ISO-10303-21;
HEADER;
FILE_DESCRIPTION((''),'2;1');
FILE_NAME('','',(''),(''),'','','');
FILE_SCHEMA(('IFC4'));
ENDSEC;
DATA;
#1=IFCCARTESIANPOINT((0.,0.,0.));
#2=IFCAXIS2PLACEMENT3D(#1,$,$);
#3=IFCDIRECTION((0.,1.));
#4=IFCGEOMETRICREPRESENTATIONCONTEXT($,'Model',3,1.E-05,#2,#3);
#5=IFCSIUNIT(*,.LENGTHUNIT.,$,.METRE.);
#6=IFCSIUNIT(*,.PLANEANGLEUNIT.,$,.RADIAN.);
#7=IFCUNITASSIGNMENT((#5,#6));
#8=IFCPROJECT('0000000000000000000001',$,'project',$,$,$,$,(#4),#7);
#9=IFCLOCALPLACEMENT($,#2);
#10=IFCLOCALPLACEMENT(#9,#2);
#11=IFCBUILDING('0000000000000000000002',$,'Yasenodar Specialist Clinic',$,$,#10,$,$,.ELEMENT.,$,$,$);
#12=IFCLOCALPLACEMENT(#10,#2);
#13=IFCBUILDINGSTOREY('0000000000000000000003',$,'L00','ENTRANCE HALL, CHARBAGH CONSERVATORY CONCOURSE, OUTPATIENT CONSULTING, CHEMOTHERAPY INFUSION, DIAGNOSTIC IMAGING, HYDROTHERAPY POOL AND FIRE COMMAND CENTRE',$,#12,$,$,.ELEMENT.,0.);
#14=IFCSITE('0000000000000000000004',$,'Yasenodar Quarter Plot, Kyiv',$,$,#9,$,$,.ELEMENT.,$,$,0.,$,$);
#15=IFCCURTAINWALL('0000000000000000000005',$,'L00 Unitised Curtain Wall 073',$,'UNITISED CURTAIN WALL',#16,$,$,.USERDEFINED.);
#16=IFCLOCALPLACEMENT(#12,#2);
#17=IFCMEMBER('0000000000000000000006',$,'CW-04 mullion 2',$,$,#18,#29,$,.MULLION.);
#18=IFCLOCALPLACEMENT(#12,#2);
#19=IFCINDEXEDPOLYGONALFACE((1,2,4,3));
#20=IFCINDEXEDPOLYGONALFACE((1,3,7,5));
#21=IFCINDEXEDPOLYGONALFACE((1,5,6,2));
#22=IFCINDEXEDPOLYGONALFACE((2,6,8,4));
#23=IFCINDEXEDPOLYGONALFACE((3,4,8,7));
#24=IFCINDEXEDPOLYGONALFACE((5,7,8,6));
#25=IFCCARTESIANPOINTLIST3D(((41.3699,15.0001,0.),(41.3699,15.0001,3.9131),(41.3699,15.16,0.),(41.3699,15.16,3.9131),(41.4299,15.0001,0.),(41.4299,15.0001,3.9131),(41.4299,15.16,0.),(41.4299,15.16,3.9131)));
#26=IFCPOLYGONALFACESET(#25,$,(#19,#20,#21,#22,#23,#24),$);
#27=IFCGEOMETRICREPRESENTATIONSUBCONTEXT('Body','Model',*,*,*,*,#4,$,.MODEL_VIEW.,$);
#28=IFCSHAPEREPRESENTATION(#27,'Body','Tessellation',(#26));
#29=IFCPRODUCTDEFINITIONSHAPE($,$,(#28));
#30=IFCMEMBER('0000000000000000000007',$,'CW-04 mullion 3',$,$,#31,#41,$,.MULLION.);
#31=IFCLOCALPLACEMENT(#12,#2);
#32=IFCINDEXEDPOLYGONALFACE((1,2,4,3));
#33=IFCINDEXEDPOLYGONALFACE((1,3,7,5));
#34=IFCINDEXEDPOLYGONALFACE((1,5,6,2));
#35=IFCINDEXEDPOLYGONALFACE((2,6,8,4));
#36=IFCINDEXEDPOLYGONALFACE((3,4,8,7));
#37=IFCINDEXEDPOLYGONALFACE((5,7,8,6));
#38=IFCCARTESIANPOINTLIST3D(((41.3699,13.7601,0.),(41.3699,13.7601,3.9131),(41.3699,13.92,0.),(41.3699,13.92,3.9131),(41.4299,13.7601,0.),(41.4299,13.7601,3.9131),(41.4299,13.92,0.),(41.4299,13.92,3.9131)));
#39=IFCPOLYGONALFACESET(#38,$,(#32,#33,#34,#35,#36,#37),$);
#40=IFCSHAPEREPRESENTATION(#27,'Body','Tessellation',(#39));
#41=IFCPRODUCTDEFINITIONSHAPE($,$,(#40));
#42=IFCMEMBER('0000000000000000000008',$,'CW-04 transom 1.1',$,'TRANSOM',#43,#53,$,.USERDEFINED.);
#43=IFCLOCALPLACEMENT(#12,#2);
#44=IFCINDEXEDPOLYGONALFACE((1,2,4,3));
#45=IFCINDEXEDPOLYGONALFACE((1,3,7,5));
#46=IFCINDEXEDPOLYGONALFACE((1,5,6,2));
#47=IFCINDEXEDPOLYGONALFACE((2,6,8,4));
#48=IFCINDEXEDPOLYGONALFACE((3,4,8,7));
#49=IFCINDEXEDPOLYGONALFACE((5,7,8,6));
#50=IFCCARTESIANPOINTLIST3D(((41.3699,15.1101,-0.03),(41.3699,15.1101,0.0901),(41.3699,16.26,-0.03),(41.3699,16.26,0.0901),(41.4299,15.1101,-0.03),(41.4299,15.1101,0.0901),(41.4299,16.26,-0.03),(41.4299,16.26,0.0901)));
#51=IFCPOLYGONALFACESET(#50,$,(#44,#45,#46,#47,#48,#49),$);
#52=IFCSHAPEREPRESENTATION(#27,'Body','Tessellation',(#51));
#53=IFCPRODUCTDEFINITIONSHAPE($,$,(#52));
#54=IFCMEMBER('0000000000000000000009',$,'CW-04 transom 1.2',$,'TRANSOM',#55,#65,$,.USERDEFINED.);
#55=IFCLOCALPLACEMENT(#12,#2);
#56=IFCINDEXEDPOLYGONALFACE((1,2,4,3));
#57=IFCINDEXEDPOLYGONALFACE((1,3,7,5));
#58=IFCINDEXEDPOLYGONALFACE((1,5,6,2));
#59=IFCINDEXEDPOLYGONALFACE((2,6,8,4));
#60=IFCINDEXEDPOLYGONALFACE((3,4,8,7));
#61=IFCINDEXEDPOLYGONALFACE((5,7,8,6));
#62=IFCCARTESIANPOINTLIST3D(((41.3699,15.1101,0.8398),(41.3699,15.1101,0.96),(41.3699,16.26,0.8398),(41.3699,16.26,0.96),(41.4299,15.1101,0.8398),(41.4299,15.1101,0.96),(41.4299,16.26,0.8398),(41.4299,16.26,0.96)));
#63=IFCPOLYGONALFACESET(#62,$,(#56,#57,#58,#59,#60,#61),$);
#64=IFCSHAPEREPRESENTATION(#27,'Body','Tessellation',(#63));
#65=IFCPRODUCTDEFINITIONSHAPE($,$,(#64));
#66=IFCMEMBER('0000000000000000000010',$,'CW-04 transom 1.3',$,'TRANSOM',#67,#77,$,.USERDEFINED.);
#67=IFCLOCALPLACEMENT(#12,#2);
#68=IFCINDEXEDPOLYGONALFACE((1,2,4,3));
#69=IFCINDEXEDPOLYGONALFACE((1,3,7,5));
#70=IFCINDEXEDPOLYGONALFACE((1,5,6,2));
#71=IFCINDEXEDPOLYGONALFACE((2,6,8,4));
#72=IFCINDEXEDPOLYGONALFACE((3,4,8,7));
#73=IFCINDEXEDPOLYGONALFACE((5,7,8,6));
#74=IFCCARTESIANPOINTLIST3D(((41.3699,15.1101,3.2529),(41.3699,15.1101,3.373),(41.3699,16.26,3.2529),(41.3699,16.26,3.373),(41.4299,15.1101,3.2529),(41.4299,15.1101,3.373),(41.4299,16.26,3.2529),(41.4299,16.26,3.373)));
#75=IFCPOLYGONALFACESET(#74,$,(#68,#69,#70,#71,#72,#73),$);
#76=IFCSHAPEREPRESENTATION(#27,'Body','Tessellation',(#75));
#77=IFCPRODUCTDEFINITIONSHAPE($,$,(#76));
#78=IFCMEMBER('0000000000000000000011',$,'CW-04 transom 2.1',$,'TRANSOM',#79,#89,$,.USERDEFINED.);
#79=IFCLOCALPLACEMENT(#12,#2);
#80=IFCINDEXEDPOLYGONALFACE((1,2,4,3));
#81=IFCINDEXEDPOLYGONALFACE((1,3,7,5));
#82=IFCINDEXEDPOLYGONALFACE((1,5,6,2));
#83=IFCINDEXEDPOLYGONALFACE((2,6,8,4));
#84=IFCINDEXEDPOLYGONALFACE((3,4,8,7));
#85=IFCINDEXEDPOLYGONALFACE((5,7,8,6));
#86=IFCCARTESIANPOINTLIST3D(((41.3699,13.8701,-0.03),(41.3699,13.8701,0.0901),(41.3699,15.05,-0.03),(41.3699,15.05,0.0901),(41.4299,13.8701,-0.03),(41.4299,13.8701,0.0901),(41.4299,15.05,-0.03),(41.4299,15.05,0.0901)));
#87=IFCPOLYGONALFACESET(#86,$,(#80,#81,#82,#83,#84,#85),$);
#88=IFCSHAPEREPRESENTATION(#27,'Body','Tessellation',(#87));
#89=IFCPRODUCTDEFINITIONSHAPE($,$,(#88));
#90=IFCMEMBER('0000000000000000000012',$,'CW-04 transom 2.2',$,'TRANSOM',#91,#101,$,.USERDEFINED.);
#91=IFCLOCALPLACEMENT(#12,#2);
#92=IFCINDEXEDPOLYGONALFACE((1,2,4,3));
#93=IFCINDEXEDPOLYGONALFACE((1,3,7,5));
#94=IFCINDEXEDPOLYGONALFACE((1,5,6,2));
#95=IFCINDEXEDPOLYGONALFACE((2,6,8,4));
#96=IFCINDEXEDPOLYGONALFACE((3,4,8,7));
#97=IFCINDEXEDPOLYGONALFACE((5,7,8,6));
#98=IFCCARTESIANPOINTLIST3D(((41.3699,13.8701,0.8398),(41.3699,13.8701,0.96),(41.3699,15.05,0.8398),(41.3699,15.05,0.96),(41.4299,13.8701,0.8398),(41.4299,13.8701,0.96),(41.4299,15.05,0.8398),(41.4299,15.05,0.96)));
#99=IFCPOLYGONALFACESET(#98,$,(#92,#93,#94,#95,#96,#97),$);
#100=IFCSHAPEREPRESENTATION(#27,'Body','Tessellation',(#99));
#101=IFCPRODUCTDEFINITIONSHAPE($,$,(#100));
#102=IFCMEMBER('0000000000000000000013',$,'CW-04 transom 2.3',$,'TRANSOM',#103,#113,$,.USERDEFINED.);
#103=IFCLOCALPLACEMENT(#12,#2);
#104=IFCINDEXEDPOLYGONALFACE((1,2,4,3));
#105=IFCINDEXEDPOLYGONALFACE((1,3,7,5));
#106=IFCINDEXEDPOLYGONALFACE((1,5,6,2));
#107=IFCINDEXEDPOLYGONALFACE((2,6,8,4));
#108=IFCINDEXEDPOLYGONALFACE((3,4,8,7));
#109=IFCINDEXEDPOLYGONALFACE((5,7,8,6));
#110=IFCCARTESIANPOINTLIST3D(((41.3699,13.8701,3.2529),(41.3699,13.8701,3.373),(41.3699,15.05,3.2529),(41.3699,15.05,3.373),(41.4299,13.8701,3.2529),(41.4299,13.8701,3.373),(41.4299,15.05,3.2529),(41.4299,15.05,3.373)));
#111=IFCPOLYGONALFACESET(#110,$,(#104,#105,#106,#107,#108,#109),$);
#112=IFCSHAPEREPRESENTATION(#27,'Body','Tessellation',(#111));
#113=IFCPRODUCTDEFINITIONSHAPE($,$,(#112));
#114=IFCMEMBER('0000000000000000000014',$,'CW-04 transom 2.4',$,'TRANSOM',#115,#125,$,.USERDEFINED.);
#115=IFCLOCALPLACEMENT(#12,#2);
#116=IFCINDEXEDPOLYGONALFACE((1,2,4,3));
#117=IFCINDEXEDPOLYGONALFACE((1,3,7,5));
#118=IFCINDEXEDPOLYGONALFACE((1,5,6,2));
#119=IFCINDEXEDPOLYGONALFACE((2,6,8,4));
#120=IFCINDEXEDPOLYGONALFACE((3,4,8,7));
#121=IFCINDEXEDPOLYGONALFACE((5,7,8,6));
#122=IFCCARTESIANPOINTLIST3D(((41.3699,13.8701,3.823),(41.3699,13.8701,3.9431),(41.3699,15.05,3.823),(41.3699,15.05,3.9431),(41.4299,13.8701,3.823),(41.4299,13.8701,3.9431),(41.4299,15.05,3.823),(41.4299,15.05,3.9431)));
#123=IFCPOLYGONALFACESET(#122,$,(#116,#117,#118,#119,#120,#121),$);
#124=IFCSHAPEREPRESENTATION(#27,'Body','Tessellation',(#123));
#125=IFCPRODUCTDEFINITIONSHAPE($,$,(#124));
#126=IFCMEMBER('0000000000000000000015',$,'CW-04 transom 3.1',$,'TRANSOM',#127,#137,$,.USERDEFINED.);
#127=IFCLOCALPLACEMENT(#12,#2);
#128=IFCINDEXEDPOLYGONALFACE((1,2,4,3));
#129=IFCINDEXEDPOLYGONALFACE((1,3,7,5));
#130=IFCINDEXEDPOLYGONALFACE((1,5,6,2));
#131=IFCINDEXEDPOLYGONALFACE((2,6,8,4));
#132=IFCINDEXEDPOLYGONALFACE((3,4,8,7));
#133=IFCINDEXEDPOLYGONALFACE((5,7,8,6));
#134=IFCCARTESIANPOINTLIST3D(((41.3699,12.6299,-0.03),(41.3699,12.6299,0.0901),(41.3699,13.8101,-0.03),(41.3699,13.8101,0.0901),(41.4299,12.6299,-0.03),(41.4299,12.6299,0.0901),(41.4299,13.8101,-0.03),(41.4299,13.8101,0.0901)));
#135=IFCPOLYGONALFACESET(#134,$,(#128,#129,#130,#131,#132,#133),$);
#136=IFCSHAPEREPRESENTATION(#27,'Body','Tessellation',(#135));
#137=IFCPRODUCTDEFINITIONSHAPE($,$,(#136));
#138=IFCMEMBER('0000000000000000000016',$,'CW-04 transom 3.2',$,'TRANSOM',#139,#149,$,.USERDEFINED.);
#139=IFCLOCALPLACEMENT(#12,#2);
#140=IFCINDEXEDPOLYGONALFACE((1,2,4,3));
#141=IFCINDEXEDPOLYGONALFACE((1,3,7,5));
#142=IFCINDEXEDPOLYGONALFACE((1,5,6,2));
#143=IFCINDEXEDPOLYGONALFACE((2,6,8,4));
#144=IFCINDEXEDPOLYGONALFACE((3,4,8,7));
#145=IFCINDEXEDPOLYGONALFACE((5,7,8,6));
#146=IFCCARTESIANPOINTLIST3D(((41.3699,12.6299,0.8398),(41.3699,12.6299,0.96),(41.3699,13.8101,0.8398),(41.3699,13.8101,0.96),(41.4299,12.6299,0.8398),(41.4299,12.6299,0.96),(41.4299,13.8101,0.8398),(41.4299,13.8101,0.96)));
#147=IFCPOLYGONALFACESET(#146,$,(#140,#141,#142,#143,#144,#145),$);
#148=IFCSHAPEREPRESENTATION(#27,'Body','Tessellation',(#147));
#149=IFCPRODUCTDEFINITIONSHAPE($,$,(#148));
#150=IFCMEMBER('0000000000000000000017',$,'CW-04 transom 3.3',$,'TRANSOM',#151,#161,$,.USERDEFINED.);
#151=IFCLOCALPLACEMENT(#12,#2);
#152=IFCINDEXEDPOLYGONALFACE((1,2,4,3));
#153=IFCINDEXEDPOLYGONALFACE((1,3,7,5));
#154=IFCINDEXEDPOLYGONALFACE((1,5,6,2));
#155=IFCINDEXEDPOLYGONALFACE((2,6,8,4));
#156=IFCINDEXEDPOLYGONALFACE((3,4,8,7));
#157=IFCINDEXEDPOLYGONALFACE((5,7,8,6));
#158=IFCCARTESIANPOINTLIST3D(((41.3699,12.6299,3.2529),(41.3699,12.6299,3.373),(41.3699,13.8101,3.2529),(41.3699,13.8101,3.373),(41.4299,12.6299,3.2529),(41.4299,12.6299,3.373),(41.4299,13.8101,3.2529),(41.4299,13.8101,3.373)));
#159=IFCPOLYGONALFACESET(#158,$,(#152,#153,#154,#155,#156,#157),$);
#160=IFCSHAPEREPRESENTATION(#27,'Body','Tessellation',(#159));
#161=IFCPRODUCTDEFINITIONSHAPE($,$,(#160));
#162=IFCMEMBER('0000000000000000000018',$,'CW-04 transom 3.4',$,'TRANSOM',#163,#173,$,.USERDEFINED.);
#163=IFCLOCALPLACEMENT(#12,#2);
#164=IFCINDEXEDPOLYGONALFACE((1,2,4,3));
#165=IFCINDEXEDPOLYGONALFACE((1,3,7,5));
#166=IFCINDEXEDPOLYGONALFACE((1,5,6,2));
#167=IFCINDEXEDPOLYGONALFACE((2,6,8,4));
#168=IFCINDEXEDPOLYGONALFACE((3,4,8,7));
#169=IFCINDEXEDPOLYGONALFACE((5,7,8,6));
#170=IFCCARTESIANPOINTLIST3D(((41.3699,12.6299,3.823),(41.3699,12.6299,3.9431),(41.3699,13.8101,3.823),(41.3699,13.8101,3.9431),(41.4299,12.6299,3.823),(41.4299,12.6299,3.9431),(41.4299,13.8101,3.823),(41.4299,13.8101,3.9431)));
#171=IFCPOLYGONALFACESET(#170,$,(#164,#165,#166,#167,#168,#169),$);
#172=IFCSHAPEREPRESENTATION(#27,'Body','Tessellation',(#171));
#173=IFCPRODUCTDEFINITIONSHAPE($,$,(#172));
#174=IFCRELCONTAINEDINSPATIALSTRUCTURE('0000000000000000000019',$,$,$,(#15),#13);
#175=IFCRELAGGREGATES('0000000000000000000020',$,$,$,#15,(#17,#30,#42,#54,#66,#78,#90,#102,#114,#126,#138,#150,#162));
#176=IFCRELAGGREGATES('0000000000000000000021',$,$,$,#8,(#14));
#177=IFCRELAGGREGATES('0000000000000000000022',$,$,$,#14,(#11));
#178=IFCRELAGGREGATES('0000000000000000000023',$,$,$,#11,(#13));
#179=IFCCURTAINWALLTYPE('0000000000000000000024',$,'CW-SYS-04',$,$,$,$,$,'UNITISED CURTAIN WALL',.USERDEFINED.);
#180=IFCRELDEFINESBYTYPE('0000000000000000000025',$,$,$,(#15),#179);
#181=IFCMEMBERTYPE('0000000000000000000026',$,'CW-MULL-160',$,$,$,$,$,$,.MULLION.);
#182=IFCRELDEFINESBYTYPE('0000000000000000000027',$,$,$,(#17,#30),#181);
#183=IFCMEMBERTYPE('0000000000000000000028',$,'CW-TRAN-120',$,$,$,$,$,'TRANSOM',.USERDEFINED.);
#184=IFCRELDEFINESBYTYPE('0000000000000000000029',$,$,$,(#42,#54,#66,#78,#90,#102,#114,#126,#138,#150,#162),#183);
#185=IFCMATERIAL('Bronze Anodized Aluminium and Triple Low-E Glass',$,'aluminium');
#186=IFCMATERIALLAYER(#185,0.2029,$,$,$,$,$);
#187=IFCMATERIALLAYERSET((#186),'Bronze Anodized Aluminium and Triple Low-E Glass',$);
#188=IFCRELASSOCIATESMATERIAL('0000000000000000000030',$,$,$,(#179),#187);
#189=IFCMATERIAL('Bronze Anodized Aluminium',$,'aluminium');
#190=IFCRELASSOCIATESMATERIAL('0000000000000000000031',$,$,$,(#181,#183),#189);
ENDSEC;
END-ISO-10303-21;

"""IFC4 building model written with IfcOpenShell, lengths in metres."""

from ifc_helpers import new_model, si_unit, direction, frame, origin, origin_2d, place, context, subcontext, project, spatial, rectangle, extrude, material, layer, layer_set, material_profile, profile_set, type_object, element, aggregate, save


model = new_model("IFC4")

# Units and contexts
model_context = context("Model", 3, precision=1e-05, world=origin(), true_north=direction((0.0, 1.0)))
body_context = subcontext(model_context, "Body", "Model", "MODEL_VIEW")
ifc_project = project(units=[si_unit("LENGTHUNIT", "METRE"), si_unit("PLANEANGLEUNIT", "RADIAN")], contexts=[model_context])

# Site, building, storey
site_placement = place(None, origin())
site = spatial("IfcSite", under=ifc_project, at=site_placement, Name="Yasenodar Quarter Plot, Kyiv", CompositionType="ELEMENT", RefElevation=0.0)
building_placement = place(site_placement, origin())
building = spatial("IfcBuilding", under=site, at=building_placement, Name="Yasenodar Specialist Clinic", CompositionType="ELEMENT")
storey_placement = place(building_placement, origin())
storey = spatial("IfcBuildingStorey", under=building, at=storey_placement, Name="L00", Description="ENTRANCE HALL, CHARBAGH CONSERVATORY CONCOURSE, OUTPATIENT CONSULTING, CHEMOTHERAPY INFUSION, DIAGNOSTIC IMAGING, HYDROTHERAPY POOL AND FIRE COMMAND CENTRE", CompositionType="ELEMENT", Elevation=0.0)

# Curtain wall, members
ifc_material_1 = material(Name="Bronze Anodized Aluminium and Triple Low-E Glass", Category="aluminium")
ifc_layer_1 = layer(ifc_material_1, 0.2029)
ifc_layer_set_1 = layer_set([ifc_layer_1], Name="Bronze Anodized Aluminium and Triple Low-E Glass")
curtain_wall_type = type_object("IfcCurtainWallType", Name="CW-SYS-04", ElementType="UNITISED CURTAIN WALL", PredefinedType="USERDEFINED", material=ifc_layer_set_1)
curtain_wall_placement = place(storey_placement, origin())
curtain_wall = element("IfcCurtainWall", 1, at=curtain_wall_placement, inside=storey, type_object=curtain_wall_type, Name="L00 Unitised Curtain Wall 073", ObjectType="UNITISED CURTAIN WALL", PredefinedType="USERDEFINED")
ifc_material_2 = material(Name="Bronze Anodized Aluminium", Category="aluminium")
ifc_material_profile_1 = material_profile(ifc_material_2, rectangle(XDim=0.0601, YDim=0.1599, at=origin_2d()), Name="CW-MULL 60x160")
ifc_profile_set_1 = profile_set([ifc_material_profile_1], Name="Bronze Anodized Aluminium")
member_type_1 = type_object("IfcMemberType", Name="CW-MULL-160", PredefinedType="MULLION", material=ifc_profile_set_1)
member_1_placement = place(storey_placement, frame((41.3999, 15.0801, 0.0), z_axis=(0.0, 0.0, 1.0), x_axis=(1.0, 0.0, 0.0)))
member_1 = element("IfcMember", 2, at=member_1_placement, type_object=member_type_1, Name="CW-04 mullion 2", PredefinedType="MULLION", context=body_context, shape_type="SweptSolid", body=[
    extrude(rectangle(XDim=0.0601, YDim=0.1599, at=origin_2d()), origin(), (0.0, 0.0, 1.0), 3.9131),
])
member_2_placement = place(storey_placement, frame((41.3999, 13.8401, 0.0), z_axis=(0.0, 0.0, 1.0), x_axis=(1.0, 0.0, 0.0)))
member_2 = element("IfcMember", 3, at=member_2_placement, type_object=member_type_1, Name="CW-04 mullion 3", PredefinedType="MULLION", context=body_context, shape_type="SweptSolid", body=[
    extrude(rectangle(XDim=0.0601, YDim=0.1599, at=origin_2d()), origin(), (0.0, 0.0, 1.0), 3.9131),
])
ifc_material_profile_2 = material_profile(ifc_material_2, rectangle(XDim=0.0601, YDim=0.1201, at=origin_2d()), Name="CW-TRAN 60x120")
ifc_profile_set_2 = profile_set([ifc_material_profile_2], Name="Bronze Anodized Aluminium")
member_type_2 = type_object("IfcMemberType", Name="CW-TRAN-120", ElementType="TRANSOM", PredefinedType="USERDEFINED", material=ifc_profile_set_2)
member_3_placement = place(storey_placement, frame((41.3999, 16.26, 0.03), z_axis=(0.0, -1.0, 0.0), x_axis=(1.0, 0.0, 0.0)))
member_3 = element("IfcMember", 4, at=member_3_placement, type_object=member_type_2, Name="CW-04 transom 1.1", ObjectType="TRANSOM", PredefinedType="USERDEFINED", context=body_context, shape_type="SweptSolid", body=[
    extrude(rectangle(XDim=0.0601, YDim=0.1201, at=origin_2d()), origin(), (0.0, 0.0, 1.0), 1.1499),
])
member_4_placement = place(storey_placement, frame((41.3999, 16.26, 0.8999), z_axis=(0.0, -1.0, 0.0), x_axis=(1.0, 0.0, 0.0)))
member_4 = element("IfcMember", 5, at=member_4_placement, type_object=member_type_2, Name="CW-04 transom 1.2", ObjectType="TRANSOM", PredefinedType="USERDEFINED", context=body_context, shape_type="SweptSolid", body=[
    extrude(rectangle(XDim=0.0601, YDim=0.1201, at=origin_2d()), origin(), (0.0, 0.0, 1.0), 1.1499),
])
member_5_placement = place(storey_placement, frame((41.3999, 16.26, 3.313), z_axis=(0.0, -1.0, 0.0), x_axis=(1.0, 0.0, 0.0)))
member_5 = element("IfcMember", 6, at=member_5_placement, type_object=member_type_2, Name="CW-04 transom 1.3", ObjectType="TRANSOM", PredefinedType="USERDEFINED", context=body_context, shape_type="SweptSolid", body=[
    extrude(rectangle(XDim=0.0601, YDim=0.1201, at=origin_2d()), origin(), (0.0, 0.0, 1.0), 1.1499),
])
member_6_placement = place(storey_placement, frame((41.3999, 15.05, 0.03), z_axis=(0.0, -1.0, 0.0), x_axis=(1.0, 0.0, 0.0)))
member_6 = element("IfcMember", 7, at=member_6_placement, type_object=member_type_2, Name="CW-04 transom 2.1", ObjectType="TRANSOM", PredefinedType="USERDEFINED", context=body_context, shape_type="SweptSolid", body=[
    extrude(rectangle(XDim=0.0601, YDim=0.1201, at=origin_2d()), origin(), (0.0, 0.0, 1.0), 1.1799),
])
member_7_placement = place(storey_placement, frame((41.3999, 15.05, 0.8999), z_axis=(0.0, -1.0, 0.0), x_axis=(1.0, 0.0, 0.0)))
member_7 = element("IfcMember", 8, at=member_7_placement, type_object=member_type_2, Name="CW-04 transom 2.2", ObjectType="TRANSOM", PredefinedType="USERDEFINED", context=body_context, shape_type="SweptSolid", body=[
    extrude(rectangle(XDim=0.0601, YDim=0.1201, at=origin_2d()), origin(), (0.0, 0.0, 1.0), 1.1799),
])
member_8_placement = place(storey_placement, frame((41.3999, 15.05, 3.313), z_axis=(0.0, -1.0, 0.0), x_axis=(1.0, 0.0, 0.0)))
member_8 = element("IfcMember", 9, at=member_8_placement, type_object=member_type_2, Name="CW-04 transom 2.3", ObjectType="TRANSOM", PredefinedType="USERDEFINED", context=body_context, shape_type="SweptSolid", body=[
    extrude(rectangle(XDim=0.0601, YDim=0.1201, at=origin_2d()), origin(), (0.0, 0.0, 1.0), 1.1799),
])
member_9_placement = place(storey_placement, frame((41.3999, 15.05, 3.8831), z_axis=(0.0, -1.0, 0.0), x_axis=(1.0, 0.0, 0.0)))
member_9 = element("IfcMember", 10, at=member_9_placement, type_object=member_type_2, Name="CW-04 transom 2.4", ObjectType="TRANSOM", PredefinedType="USERDEFINED", context=body_context, shape_type="SweptSolid", body=[
    extrude(rectangle(XDim=0.0601, YDim=0.1201, at=origin_2d()), origin(), (0.0, 0.0, 1.0), 1.1799),
])
member_10_placement = place(storey_placement, frame((41.3999, 13.8101, 0.03), z_axis=(0.0, -1.0, 0.0), x_axis=(1.0, 0.0, 0.0)))
member_10 = element("IfcMember", 11, at=member_10_placement, type_object=member_type_2, Name="CW-04 transom 3.1", ObjectType="TRANSOM", PredefinedType="USERDEFINED", context=body_context, shape_type="SweptSolid", body=[
    extrude(rectangle(XDim=0.0601, YDim=0.1201, at=origin_2d()), origin(), (0.0, 0.0, 1.0), 1.1802),
])
member_11_placement = place(storey_placement, frame((41.3999, 13.8101, 0.8999), z_axis=(0.0, -1.0, 0.0), x_axis=(1.0, 0.0, 0.0)))
member_11 = element("IfcMember", 12, at=member_11_placement, type_object=member_type_2, Name="CW-04 transom 3.2", ObjectType="TRANSOM", PredefinedType="USERDEFINED", context=body_context, shape_type="SweptSolid", body=[
    extrude(rectangle(XDim=0.0601, YDim=0.1201, at=origin_2d()), origin(), (0.0, 0.0, 1.0), 1.1802),
])
member_12_placement = place(storey_placement, frame((41.3999, 13.8101, 3.313), z_axis=(0.0, -1.0, 0.0), x_axis=(1.0, 0.0, 0.0)))
member_12 = element("IfcMember", 13, at=member_12_placement, type_object=member_type_2, Name="CW-04 transom 3.3", ObjectType="TRANSOM", PredefinedType="USERDEFINED", context=body_context, shape_type="SweptSolid", body=[
    extrude(rectangle(XDim=0.0601, YDim=0.1201, at=origin_2d()), origin(), (0.0, 0.0, 1.0), 1.1802),
])
member_13_placement = place(storey_placement, frame((41.3999, 13.8101, 3.8831), z_axis=(0.0, -1.0, 0.0), x_axis=(1.0, 0.0, 0.0)))
member_13 = element("IfcMember", 14, at=member_13_placement, type_object=member_type_2, Name="CW-04 transom 3.4", ObjectType="TRANSOM", PredefinedType="USERDEFINED", context=body_context, shape_type="SweptSolid", body=[
    extrude(rectangle(XDim=0.0601, YDim=0.1201, at=origin_2d()), origin(), (0.0, 0.0, 1.0), 1.1802),
])

aggregate(curtain_wall, [member_1, member_2, member_3, member_4, member_5, member_6, member_7, member_8, member_9, member_10, member_11, member_12, member_13])

save(model, "model.ifc")
